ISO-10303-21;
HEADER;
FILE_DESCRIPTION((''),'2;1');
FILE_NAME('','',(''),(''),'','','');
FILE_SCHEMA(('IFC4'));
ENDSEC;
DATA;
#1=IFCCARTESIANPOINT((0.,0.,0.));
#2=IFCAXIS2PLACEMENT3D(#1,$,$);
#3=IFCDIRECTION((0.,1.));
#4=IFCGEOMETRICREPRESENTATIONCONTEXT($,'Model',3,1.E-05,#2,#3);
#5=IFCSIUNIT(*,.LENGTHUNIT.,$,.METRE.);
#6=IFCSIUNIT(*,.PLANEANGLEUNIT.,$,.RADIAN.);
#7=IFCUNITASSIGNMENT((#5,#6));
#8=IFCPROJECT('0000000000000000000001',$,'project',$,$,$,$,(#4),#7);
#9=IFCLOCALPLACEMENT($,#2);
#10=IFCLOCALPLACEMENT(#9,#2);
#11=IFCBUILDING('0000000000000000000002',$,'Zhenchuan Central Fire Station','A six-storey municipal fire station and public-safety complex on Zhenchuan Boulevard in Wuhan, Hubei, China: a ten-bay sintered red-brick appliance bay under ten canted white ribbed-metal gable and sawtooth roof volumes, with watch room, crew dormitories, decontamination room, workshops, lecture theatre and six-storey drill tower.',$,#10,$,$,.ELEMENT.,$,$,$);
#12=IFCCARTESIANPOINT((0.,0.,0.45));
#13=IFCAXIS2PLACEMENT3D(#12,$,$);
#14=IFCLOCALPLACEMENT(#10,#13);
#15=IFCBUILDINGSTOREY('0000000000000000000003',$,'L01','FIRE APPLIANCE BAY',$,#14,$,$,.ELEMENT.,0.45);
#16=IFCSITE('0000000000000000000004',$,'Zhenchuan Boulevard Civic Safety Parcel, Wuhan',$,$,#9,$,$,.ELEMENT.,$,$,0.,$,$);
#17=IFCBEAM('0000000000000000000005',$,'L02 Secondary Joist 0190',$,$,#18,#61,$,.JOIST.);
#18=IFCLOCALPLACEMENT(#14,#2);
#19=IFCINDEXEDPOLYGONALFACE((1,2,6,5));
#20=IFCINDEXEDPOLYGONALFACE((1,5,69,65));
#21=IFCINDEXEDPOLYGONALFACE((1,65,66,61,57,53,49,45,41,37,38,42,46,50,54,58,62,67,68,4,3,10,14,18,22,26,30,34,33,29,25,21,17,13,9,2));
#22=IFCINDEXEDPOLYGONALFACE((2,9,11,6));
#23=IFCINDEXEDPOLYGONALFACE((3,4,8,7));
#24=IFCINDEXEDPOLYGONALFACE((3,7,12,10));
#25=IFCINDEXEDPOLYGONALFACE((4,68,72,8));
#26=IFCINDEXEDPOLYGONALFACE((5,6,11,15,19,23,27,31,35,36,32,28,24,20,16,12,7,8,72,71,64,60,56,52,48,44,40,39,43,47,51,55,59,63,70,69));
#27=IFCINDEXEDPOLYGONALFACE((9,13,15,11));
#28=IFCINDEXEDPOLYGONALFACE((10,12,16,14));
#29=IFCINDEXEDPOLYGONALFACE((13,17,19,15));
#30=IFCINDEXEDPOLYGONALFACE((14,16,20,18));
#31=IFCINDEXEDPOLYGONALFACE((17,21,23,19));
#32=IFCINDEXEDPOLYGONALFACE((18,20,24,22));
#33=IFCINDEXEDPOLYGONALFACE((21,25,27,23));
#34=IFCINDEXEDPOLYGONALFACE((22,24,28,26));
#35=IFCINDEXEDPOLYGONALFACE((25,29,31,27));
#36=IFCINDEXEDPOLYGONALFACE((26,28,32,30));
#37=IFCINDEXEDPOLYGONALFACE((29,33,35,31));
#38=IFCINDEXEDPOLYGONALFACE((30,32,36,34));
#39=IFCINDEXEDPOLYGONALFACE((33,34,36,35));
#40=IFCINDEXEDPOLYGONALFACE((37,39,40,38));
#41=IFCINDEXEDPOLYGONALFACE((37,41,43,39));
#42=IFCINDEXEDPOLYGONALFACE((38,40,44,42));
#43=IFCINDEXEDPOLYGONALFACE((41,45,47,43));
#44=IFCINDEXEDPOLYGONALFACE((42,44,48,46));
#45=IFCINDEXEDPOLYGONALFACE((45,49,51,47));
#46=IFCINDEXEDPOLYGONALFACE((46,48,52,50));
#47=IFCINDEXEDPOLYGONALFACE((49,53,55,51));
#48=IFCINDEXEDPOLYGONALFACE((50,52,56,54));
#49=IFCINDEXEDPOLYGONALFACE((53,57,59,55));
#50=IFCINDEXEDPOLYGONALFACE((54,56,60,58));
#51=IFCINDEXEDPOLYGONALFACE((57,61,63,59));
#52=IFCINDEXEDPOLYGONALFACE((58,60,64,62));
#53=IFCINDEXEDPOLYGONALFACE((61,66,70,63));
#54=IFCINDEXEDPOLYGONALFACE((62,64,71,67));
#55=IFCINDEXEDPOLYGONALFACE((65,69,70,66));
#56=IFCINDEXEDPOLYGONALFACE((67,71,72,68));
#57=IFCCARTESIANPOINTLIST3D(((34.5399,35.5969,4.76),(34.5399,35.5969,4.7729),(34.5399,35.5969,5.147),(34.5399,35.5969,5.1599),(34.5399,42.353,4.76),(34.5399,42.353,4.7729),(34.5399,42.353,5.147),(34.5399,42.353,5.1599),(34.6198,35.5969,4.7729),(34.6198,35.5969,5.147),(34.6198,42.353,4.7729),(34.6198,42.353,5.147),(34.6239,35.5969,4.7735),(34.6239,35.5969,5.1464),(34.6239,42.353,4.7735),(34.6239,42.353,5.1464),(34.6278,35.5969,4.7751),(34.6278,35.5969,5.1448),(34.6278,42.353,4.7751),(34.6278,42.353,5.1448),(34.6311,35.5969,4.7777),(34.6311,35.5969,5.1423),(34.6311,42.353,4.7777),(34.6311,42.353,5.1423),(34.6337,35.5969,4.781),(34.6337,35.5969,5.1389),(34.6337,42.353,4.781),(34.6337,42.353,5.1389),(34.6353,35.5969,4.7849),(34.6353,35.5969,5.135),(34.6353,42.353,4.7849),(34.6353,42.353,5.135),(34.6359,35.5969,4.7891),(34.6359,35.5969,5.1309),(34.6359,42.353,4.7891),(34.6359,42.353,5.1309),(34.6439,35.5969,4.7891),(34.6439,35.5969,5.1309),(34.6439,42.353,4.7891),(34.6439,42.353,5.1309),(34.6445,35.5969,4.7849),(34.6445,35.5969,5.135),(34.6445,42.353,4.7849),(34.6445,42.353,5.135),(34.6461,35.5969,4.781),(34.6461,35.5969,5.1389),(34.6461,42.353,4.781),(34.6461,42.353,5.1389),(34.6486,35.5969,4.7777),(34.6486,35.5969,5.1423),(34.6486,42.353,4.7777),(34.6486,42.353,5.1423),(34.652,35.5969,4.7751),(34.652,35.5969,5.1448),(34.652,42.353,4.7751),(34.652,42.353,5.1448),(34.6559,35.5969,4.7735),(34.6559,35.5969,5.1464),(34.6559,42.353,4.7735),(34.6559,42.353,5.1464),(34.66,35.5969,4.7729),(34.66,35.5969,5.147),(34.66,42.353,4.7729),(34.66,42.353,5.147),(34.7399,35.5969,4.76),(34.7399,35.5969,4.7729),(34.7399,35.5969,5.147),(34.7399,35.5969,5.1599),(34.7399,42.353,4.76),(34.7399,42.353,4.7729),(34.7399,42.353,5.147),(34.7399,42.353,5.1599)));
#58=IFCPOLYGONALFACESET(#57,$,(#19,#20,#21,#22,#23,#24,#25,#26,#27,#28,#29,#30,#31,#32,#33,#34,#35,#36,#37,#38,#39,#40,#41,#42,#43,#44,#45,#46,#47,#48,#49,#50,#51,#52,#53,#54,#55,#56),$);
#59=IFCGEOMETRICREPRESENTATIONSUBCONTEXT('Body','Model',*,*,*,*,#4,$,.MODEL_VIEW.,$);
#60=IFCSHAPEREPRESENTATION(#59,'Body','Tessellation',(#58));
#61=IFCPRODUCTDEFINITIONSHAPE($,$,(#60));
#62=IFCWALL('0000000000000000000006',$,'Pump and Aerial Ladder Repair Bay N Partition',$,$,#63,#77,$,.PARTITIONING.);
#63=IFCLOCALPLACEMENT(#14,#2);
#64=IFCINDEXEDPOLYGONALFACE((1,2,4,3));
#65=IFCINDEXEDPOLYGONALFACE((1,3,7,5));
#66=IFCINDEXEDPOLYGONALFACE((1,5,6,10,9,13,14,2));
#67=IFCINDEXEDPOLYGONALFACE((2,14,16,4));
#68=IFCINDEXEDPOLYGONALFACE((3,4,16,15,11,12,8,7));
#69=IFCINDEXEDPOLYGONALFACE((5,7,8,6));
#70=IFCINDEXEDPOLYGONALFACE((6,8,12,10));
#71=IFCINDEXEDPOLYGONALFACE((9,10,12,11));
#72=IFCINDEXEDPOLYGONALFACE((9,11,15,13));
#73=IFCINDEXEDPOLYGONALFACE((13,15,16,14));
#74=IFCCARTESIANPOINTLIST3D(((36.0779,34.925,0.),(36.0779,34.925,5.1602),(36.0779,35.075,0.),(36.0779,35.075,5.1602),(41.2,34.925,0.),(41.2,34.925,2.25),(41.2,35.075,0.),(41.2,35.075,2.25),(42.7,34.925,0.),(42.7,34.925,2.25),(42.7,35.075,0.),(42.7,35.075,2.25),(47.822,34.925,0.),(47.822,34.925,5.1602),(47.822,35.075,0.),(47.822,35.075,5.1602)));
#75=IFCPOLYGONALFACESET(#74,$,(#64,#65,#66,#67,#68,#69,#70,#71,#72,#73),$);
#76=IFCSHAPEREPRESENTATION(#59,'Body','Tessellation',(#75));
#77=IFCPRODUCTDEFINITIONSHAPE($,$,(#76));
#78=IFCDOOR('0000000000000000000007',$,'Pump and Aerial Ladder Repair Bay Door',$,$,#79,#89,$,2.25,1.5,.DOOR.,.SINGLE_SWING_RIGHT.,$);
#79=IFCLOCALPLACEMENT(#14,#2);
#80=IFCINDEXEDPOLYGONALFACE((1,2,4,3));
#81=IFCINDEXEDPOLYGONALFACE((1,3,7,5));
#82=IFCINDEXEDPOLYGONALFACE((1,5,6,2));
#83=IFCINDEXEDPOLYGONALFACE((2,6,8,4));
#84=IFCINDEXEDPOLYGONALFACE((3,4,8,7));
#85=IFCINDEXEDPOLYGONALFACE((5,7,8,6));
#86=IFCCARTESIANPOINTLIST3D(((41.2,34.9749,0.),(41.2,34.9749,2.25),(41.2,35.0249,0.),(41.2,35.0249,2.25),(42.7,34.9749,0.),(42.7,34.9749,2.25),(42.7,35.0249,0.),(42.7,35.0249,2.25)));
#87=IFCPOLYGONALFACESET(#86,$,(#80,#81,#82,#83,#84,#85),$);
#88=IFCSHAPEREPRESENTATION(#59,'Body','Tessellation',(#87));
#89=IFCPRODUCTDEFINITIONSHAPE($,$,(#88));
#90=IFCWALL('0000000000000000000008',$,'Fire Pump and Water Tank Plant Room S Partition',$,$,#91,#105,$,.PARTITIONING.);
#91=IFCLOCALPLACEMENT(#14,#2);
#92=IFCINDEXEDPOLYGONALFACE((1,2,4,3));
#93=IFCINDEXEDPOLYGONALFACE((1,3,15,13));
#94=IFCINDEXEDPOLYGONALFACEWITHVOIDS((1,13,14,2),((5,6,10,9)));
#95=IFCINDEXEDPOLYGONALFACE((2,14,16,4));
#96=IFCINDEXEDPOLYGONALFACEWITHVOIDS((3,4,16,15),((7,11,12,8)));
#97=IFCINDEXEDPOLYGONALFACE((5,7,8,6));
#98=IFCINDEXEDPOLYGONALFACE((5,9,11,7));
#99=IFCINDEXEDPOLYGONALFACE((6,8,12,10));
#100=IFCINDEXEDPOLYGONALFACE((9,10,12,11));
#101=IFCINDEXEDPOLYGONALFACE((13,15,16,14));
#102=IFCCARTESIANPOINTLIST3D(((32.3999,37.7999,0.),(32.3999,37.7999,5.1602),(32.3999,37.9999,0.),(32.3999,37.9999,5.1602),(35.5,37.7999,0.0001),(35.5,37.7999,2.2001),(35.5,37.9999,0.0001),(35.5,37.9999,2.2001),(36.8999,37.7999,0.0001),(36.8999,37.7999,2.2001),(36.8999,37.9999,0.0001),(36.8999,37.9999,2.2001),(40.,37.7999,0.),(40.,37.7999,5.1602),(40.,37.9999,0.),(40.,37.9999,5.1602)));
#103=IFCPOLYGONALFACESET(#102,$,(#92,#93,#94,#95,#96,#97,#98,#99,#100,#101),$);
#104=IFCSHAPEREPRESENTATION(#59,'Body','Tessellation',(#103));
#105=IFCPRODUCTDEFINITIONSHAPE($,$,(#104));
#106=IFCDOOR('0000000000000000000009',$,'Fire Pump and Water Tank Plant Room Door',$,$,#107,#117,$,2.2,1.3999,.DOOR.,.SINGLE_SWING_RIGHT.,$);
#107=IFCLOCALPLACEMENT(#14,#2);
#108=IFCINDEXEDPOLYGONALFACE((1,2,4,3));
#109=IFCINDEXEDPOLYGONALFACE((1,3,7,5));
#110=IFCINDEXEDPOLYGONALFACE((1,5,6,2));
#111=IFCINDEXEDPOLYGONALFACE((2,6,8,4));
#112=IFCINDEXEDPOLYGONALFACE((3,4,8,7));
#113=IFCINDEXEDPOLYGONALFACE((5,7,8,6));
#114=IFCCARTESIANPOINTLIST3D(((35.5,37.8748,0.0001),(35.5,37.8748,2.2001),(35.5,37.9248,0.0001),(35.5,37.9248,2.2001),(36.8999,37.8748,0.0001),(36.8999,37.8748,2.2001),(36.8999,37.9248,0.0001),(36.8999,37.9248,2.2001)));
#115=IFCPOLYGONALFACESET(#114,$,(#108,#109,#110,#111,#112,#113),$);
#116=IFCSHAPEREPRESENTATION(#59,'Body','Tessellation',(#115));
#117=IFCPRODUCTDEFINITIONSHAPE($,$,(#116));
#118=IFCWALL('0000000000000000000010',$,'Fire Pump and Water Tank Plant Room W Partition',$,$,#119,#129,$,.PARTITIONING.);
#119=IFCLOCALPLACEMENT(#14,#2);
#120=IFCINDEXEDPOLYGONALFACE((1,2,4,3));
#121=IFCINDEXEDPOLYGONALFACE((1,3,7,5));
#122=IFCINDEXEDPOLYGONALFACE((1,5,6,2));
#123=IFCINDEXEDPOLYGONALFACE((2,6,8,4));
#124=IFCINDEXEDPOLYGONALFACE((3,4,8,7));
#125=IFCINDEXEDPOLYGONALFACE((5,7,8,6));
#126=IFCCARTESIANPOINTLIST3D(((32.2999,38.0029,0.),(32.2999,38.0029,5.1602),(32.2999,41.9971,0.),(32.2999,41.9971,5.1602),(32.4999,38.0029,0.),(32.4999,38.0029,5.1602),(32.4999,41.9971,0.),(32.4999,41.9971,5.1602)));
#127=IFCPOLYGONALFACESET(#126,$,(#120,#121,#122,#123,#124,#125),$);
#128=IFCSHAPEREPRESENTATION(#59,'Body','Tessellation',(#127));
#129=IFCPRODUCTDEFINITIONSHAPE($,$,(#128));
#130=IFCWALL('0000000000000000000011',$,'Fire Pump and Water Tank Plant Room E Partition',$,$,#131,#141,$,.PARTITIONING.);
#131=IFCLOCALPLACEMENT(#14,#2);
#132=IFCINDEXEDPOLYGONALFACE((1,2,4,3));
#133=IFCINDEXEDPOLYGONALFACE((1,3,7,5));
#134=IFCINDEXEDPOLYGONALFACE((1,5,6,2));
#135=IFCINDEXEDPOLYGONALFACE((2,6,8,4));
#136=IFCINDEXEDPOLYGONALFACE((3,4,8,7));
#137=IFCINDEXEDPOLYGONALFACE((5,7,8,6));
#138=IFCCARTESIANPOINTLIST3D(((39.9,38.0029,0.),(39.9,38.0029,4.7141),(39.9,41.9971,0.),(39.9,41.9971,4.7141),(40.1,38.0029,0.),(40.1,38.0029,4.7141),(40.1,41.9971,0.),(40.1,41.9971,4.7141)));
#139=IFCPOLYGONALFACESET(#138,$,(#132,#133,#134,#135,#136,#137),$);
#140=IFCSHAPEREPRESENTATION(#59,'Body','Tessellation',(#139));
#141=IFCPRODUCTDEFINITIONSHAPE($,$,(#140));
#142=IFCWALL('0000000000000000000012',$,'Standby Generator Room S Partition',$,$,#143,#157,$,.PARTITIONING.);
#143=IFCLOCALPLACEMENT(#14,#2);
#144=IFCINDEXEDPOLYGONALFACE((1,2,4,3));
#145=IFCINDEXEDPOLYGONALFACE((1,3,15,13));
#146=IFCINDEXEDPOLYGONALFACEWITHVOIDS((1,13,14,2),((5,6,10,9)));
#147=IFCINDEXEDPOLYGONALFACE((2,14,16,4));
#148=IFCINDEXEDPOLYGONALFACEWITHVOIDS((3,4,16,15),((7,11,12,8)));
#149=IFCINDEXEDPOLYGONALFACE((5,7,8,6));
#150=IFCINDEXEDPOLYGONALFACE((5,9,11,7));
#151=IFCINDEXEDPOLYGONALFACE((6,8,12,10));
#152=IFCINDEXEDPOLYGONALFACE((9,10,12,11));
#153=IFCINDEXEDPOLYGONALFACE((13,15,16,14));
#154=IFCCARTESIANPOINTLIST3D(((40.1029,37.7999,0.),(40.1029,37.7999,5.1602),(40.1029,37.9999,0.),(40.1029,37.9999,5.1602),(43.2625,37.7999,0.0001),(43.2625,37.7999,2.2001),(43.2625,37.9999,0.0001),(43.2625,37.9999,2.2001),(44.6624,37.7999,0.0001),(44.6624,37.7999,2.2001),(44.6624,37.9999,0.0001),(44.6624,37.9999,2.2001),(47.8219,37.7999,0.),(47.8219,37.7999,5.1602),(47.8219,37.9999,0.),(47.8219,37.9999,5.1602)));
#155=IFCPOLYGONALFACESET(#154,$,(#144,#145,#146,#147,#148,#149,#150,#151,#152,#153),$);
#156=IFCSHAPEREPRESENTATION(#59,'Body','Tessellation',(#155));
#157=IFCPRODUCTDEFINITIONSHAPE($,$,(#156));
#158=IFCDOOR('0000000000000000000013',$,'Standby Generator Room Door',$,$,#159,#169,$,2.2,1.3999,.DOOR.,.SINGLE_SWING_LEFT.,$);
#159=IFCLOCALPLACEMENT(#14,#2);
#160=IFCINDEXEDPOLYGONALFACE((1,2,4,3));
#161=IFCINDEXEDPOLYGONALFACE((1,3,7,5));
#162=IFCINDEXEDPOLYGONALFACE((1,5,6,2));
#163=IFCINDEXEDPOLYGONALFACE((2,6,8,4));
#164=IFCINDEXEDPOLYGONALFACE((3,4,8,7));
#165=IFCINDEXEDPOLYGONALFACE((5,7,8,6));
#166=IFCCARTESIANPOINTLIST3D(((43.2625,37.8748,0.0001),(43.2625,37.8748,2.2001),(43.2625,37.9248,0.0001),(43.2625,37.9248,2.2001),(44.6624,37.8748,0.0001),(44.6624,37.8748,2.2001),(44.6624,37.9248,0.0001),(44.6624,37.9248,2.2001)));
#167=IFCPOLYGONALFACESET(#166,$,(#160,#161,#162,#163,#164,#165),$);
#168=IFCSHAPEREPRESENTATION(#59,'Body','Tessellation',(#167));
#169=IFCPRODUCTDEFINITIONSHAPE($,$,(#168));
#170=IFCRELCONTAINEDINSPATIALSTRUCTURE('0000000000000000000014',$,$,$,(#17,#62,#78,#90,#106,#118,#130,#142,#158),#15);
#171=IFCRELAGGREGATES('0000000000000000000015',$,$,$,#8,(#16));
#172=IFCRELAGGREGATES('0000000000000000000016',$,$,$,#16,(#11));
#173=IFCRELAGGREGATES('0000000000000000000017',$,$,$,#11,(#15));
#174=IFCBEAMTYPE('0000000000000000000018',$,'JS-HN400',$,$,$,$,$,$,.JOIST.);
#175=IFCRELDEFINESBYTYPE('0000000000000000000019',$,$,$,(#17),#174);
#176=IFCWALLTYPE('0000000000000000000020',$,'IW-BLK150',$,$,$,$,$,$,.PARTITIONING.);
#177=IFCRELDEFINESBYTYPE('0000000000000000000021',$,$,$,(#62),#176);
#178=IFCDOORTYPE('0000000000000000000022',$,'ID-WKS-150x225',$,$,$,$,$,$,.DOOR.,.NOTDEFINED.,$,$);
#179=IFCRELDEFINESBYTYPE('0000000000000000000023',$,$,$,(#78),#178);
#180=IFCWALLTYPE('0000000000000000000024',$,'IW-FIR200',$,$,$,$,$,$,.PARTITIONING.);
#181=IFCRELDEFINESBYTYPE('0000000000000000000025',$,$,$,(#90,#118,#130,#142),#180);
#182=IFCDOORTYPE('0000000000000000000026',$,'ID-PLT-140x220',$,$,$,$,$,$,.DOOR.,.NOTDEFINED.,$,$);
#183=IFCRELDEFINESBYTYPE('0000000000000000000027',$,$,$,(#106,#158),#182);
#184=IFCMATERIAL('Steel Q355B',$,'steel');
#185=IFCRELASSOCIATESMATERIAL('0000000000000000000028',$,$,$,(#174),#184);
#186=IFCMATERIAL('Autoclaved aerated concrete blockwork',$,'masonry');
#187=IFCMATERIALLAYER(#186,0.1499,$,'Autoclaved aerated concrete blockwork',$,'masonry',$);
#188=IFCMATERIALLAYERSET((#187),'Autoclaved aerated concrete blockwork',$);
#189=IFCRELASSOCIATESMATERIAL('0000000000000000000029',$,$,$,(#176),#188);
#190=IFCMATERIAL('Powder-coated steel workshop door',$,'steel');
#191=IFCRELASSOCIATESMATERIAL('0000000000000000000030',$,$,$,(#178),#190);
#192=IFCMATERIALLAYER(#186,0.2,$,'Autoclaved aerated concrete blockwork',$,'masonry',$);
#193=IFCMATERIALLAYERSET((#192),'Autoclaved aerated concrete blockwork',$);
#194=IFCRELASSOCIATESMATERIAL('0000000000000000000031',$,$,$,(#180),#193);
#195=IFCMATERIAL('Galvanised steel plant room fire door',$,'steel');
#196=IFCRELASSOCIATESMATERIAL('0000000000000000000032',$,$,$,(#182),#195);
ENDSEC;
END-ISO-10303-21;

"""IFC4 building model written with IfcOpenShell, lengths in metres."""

from ifc_helpers import new_model, si_unit, direction, frame, frame_2d, origin, origin_2d, place, context, subcontext, project, spatial, rectangle, i_section, extrude, material, layer, layer_set, material_profile, profile_set, type_object, element, fill, save


model = new_model("IFC4")

# Units and contexts
model_context = context("Model", 3, precision=1e-05, world=origin(), true_north=direction((0.0, 1.0)))
body_context = subcontext(model_context, "Body", "Model", "MODEL_VIEW")
ifc_project = project(units=[si_unit("LENGTHUNIT", "METRE"), si_unit("PLANEANGLEUNIT", "RADIAN")], contexts=[model_context])

# Site, building, storey
site_placement = place(None, origin())
site = spatial("IfcSite", under=ifc_project, at=site_placement, Name="Zhenchuan Boulevard Civic Safety Parcel, Wuhan", CompositionType="ELEMENT", RefElevation=0.0)
building_placement = place(site_placement, origin())
building = spatial("IfcBuilding", under=site, at=building_placement, Name="Zhenchuan Central Fire Station", Description="A six-storey municipal fire station and public-safety complex on Zhenchuan Boulevard in Wuhan, Hubei, China: a ten-bay sintered red-brick appliance bay under ten canted white ribbed-metal gable and sawtooth roof volumes, with watch room, crew dormitories, decontamination room, workshops, lecture theatre and six-storey drill tower.", CompositionType="ELEMENT")
storey_placement = place(building_placement, frame((0.0, 0.0, 0.45)))
storey = spatial("IfcBuildingStorey", under=building, at=storey_placement, Name="L01", Description="FIRE APPLIANCE BAY", CompositionType="ELEMENT", Elevation=0.45)

# Shared definitions
ifc_material_1 = material(Name="Steel Q355B", Category="steel")

# Beam
ifc_material_profile_1 = material_profile(ifc_material_1, i_section(OverallWidth=0.2, OverallDepth=0.3999, WebThickness=0.0081, FlangeThickness=0.0129, FilletRadius=0.0161, at=origin_2d()), Name="HN 400x200")
ifc_profile_set_1 = profile_set([ifc_material_profile_1], Name="Steel Q355B")
beam_type_1 = type_object("IfcBeamType", Name="JS-HN400", PredefinedType="JOIST", material=ifc_profile_set_1)
beam_1_placement = place(storey_placement, frame((34.6399, 35.5969, 4.96), z_axis=(0.0, 1.0, 0.0), x_axis=(-1.0, 0.0, 0.0)))
element("IfcBeam", 1, at=beam_1_placement, inside=storey, type_object=beam_type_1, Name="L02 Secondary Joist 0190", PredefinedType="JOIST", context=body_context, shape_type="SweptSolid", body=[
    extrude(i_section(OverallWidth=0.2, OverallDepth=0.3999, WebThickness=0.0081, FlangeThickness=0.0129, FilletRadius=0.0161, at=origin_2d()), origin(), (0.0, 0.0, 1.0), 6.7561),
])

# Walls, openings, doors
ifc_material_2 = material(Name="Autoclaved aerated concrete blockwork", Category="masonry")
ifc_layer_1 = layer(ifc_material_2, 0.1499, Name="Autoclaved aerated concrete blockwork", Category="masonry")
ifc_layer_set_1 = layer_set([ifc_layer_1], Name="Autoclaved aerated concrete blockwork")
wall_type_1 = type_object("IfcWallType", Name="IW-BLK150", PredefinedType="PARTITIONING", material=ifc_layer_set_1)
wall_1_placement = place(storey_placement, frame((36.0779, 35.0, 0.0), z_axis=(0.0, 0.0, 1.0), x_axis=(1.0, 0.0, 0.0)))
wall_1 = element("IfcWall", 2, at=wall_1_placement, inside=storey, type_object=wall_type_1, Name="Pump and Aerial Ladder Repair Bay N Partition", PredefinedType="PARTITIONING", context=body_context, shape_type="SweptSolid", body=[
    extrude(rectangle(XDim=11.7441, YDim=0.1499, at=frame_2d((5.8721, 0.0))), origin(), (0.0, 0.0, 1.0), 5.1602),
])
opening_1_placement = place(wall_1_placement, frame((5.1221, 0.0, 0.0)))
opening_1 = element("IfcOpeningElement", 3, at=opening_1_placement, cuts=wall_1, PredefinedType="OPENING", context=body_context, shape_type="SweptSolid", body=[
    extrude(rectangle(XDim=1.5, YDim=2.25, at=frame_2d((0.75, 1.125))), frame((0.0, 0.085, 0.0), z_axis=(0.0, -1.0, 0.0), x_axis=(1.0, 0.0, 0.0)), (0.0, 0.0, 1.0), 0.1699),
])
ifc_material_3 = material(Name="Powder-coated steel workshop door", Category="steel")
door_type_1 = type_object("IfcDoorType", Name="ID-WKS-150x225", OperationType="NOTDEFINED", PredefinedType="DOOR", material=ifc_material_3)
door_1_placement = place(opening_1_placement, origin())
door_1 = element("IfcDoor", 4, at=door_1_placement, inside=storey, type_object=door_type_1, Name="Pump and Aerial Ladder Repair Bay Door", OperationType="SINGLE_SWING_RIGHT", OverallHeight=2.25, OverallWidth=1.5, PredefinedType="DOOR", context=body_context, shape_type="SweptSolid", body=[
    extrude(rectangle(XDim=1.5, YDim=2.25, at=frame_2d((0.75, 1.125))), frame((0.0, 0.0249, 0.0), z_axis=(0.0, -1.0, 0.0), x_axis=(1.0, 0.0, 0.0)), (0.0, 0.0, 1.0), 0.05),
])
fill(opening_1, door_1)
ifc_layer_2 = layer(ifc_material_2, 0.2, Name="Autoclaved aerated concrete blockwork", Category="masonry")
ifc_layer_set_2 = layer_set([ifc_layer_2], Name="Autoclaved aerated concrete blockwork")
wall_type_2 = type_object("IfcWallType", Name="IW-FIR200", PredefinedType="PARTITIONING", material=ifc_layer_set_2)
wall_2_placement = place(storey_placement, frame((32.3999, 37.8999, 0.0), z_axis=(0.0, 0.0, 1.0), x_axis=(1.0, 0.0, 0.0)))
wall_2 = element("IfcWall", 5, at=wall_2_placement, inside=storey, type_object=wall_type_2, Name="Fire Pump and Water Tank Plant Room S Partition", PredefinedType="PARTITIONING", context=body_context, shape_type="SweptSolid", body=[
    extrude(rectangle(XDim=7.6001, YDim=0.2, at=frame_2d((3.8, 0.0))), origin(), (0.0, 0.0, 1.0), 5.1602),
])
opening_2_placement = place(wall_2_placement, frame((3.1001, 0.0, 0.0)))
opening_2 = element("IfcOpeningElement", 6, at=opening_2_placement, cuts=wall_2, PredefinedType="OPENING", context=body_context, shape_type="SweptSolid", body=[
    extrude(rectangle(XDim=1.3999, YDim=2.2, at=frame_2d((0.7, 1.1001))), frame((0.0, 0.1099, 0.0), z_axis=(0.0, -1.0, 0.0), x_axis=(1.0, 0.0, 0.0)), (0.0, 0.0, 1.0), 0.22),
])
ifc_material_4 = material(Name="Galvanised steel plant room fire door", Category="steel")
door_type_2 = type_object("IfcDoorType", Name="ID-PLT-140x220", OperationType="NOTDEFINED", PredefinedType="DOOR", material=ifc_material_4)
door_2_placement = place(opening_2_placement, origin())
door_2 = element("IfcDoor", 7, at=door_2_placement, inside=storey, type_object=door_type_2, Name="Fire Pump and Water Tank Plant Room Door", OperationType="SINGLE_SWING_RIGHT", OverallHeight=2.2, OverallWidth=1.3999, PredefinedType="DOOR", context=body_context, shape_type="SweptSolid", body=[
    extrude(rectangle(XDim=1.3999, YDim=2.2, at=frame_2d((0.7, 1.1001))), frame((0.0, 0.0249, 0.0), z_axis=(0.0, -1.0, 0.0), x_axis=(1.0, 0.0, 0.0)), (0.0, 0.0, 1.0), 0.05),
])
fill(opening_2, door_2)

# Walls
wall_3_placement = place(storey_placement, frame((32.3999, 38.0029, 0.0), z_axis=(0.0, 0.0, 1.0), x_axis=(0.0, 1.0, 0.0)))
element("IfcWall", 8, at=wall_3_placement, inside=storey, type_object=wall_type_2, Name="Fire Pump and Water Tank Plant Room W Partition", PredefinedType="PARTITIONING", context=body_context, shape_type="SweptSolid", body=[
    extrude(rectangle(XDim=3.9941, YDim=0.2, at=frame_2d((1.9971, 0.0))), origin(), (0.0, 0.0, 1.0), 5.1602),
])
wall_4_placement = place(storey_placement, frame((40.0, 38.0029, 0.0), z_axis=(0.0, 0.0, 1.0), x_axis=(0.0, 1.0, 0.0)))
element("IfcWall", 9, at=wall_4_placement, inside=storey, type_object=wall_type_2, Name="Fire Pump and Water Tank Plant Room E Partition", PredefinedType="PARTITIONING", context=body_context, shape_type="SweptSolid", body=[
    extrude(rectangle(XDim=3.9941, YDim=0.2, at=frame_2d((1.9971, 0.0))), origin(), (0.0, 0.0, 1.0), 4.7141),
])

# Wall, opening, door
wall_5_placement = place(storey_placement, frame((40.103, 37.8999, 0.0), z_axis=(0.0, 0.0, 1.0), x_axis=(1.0, 0.0, 0.0)))
wall_5 = element("IfcWall", 10, at=wall_5_placement, inside=storey, type_object=wall_type_2, Name="Standby Generator Room S Partition", PredefinedType="PARTITIONING", context=body_context, shape_type="SweptSolid", body=[
    extrude(rectangle(XDim=7.719, YDim=0.2, at=frame_2d((3.8594, 0.0))), origin(), (0.0, 0.0, 1.0), 5.1602),
])
opening_3_placement = place(wall_5_placement, frame((3.1594, 0.0, 0.0)))
opening_3 = element("IfcOpeningElement", 11, at=opening_3_placement, cuts=wall_5, PredefinedType="OPENING", context=body_context, shape_type="SweptSolid", body=[
    extrude(rectangle(XDim=1.3999, YDim=2.2, at=frame_2d((0.7, 1.1001))), frame((0.0, 0.1099, 0.0), z_axis=(0.0, -1.0, 0.0), x_axis=(1.0, 0.0, 0.0)), (0.0, 0.0, 1.0), 0.22),
])
door_3_placement = place(opening_3_placement, origin())
door_3 = element("IfcDoor", 12, at=door_3_placement, inside=storey, type_object=door_type_2, Name="Standby Generator Room Door", OperationType="SINGLE_SWING_LEFT", OverallHeight=2.2, OverallWidth=1.3999, PredefinedType="DOOR", context=body_context, shape_type="SweptSolid", body=[
    extrude(rectangle(XDim=1.3999, YDim=2.2, at=frame_2d((0.7, 1.1001))), frame((0.0, 0.0249, 0.0), z_axis=(0.0, -1.0, 0.0), x_axis=(1.0, 0.0, 0.0)), (0.0, 0.0, 1.0), 0.05),
])
fill(opening_3, door_3)

save(model, "model.ifc")
